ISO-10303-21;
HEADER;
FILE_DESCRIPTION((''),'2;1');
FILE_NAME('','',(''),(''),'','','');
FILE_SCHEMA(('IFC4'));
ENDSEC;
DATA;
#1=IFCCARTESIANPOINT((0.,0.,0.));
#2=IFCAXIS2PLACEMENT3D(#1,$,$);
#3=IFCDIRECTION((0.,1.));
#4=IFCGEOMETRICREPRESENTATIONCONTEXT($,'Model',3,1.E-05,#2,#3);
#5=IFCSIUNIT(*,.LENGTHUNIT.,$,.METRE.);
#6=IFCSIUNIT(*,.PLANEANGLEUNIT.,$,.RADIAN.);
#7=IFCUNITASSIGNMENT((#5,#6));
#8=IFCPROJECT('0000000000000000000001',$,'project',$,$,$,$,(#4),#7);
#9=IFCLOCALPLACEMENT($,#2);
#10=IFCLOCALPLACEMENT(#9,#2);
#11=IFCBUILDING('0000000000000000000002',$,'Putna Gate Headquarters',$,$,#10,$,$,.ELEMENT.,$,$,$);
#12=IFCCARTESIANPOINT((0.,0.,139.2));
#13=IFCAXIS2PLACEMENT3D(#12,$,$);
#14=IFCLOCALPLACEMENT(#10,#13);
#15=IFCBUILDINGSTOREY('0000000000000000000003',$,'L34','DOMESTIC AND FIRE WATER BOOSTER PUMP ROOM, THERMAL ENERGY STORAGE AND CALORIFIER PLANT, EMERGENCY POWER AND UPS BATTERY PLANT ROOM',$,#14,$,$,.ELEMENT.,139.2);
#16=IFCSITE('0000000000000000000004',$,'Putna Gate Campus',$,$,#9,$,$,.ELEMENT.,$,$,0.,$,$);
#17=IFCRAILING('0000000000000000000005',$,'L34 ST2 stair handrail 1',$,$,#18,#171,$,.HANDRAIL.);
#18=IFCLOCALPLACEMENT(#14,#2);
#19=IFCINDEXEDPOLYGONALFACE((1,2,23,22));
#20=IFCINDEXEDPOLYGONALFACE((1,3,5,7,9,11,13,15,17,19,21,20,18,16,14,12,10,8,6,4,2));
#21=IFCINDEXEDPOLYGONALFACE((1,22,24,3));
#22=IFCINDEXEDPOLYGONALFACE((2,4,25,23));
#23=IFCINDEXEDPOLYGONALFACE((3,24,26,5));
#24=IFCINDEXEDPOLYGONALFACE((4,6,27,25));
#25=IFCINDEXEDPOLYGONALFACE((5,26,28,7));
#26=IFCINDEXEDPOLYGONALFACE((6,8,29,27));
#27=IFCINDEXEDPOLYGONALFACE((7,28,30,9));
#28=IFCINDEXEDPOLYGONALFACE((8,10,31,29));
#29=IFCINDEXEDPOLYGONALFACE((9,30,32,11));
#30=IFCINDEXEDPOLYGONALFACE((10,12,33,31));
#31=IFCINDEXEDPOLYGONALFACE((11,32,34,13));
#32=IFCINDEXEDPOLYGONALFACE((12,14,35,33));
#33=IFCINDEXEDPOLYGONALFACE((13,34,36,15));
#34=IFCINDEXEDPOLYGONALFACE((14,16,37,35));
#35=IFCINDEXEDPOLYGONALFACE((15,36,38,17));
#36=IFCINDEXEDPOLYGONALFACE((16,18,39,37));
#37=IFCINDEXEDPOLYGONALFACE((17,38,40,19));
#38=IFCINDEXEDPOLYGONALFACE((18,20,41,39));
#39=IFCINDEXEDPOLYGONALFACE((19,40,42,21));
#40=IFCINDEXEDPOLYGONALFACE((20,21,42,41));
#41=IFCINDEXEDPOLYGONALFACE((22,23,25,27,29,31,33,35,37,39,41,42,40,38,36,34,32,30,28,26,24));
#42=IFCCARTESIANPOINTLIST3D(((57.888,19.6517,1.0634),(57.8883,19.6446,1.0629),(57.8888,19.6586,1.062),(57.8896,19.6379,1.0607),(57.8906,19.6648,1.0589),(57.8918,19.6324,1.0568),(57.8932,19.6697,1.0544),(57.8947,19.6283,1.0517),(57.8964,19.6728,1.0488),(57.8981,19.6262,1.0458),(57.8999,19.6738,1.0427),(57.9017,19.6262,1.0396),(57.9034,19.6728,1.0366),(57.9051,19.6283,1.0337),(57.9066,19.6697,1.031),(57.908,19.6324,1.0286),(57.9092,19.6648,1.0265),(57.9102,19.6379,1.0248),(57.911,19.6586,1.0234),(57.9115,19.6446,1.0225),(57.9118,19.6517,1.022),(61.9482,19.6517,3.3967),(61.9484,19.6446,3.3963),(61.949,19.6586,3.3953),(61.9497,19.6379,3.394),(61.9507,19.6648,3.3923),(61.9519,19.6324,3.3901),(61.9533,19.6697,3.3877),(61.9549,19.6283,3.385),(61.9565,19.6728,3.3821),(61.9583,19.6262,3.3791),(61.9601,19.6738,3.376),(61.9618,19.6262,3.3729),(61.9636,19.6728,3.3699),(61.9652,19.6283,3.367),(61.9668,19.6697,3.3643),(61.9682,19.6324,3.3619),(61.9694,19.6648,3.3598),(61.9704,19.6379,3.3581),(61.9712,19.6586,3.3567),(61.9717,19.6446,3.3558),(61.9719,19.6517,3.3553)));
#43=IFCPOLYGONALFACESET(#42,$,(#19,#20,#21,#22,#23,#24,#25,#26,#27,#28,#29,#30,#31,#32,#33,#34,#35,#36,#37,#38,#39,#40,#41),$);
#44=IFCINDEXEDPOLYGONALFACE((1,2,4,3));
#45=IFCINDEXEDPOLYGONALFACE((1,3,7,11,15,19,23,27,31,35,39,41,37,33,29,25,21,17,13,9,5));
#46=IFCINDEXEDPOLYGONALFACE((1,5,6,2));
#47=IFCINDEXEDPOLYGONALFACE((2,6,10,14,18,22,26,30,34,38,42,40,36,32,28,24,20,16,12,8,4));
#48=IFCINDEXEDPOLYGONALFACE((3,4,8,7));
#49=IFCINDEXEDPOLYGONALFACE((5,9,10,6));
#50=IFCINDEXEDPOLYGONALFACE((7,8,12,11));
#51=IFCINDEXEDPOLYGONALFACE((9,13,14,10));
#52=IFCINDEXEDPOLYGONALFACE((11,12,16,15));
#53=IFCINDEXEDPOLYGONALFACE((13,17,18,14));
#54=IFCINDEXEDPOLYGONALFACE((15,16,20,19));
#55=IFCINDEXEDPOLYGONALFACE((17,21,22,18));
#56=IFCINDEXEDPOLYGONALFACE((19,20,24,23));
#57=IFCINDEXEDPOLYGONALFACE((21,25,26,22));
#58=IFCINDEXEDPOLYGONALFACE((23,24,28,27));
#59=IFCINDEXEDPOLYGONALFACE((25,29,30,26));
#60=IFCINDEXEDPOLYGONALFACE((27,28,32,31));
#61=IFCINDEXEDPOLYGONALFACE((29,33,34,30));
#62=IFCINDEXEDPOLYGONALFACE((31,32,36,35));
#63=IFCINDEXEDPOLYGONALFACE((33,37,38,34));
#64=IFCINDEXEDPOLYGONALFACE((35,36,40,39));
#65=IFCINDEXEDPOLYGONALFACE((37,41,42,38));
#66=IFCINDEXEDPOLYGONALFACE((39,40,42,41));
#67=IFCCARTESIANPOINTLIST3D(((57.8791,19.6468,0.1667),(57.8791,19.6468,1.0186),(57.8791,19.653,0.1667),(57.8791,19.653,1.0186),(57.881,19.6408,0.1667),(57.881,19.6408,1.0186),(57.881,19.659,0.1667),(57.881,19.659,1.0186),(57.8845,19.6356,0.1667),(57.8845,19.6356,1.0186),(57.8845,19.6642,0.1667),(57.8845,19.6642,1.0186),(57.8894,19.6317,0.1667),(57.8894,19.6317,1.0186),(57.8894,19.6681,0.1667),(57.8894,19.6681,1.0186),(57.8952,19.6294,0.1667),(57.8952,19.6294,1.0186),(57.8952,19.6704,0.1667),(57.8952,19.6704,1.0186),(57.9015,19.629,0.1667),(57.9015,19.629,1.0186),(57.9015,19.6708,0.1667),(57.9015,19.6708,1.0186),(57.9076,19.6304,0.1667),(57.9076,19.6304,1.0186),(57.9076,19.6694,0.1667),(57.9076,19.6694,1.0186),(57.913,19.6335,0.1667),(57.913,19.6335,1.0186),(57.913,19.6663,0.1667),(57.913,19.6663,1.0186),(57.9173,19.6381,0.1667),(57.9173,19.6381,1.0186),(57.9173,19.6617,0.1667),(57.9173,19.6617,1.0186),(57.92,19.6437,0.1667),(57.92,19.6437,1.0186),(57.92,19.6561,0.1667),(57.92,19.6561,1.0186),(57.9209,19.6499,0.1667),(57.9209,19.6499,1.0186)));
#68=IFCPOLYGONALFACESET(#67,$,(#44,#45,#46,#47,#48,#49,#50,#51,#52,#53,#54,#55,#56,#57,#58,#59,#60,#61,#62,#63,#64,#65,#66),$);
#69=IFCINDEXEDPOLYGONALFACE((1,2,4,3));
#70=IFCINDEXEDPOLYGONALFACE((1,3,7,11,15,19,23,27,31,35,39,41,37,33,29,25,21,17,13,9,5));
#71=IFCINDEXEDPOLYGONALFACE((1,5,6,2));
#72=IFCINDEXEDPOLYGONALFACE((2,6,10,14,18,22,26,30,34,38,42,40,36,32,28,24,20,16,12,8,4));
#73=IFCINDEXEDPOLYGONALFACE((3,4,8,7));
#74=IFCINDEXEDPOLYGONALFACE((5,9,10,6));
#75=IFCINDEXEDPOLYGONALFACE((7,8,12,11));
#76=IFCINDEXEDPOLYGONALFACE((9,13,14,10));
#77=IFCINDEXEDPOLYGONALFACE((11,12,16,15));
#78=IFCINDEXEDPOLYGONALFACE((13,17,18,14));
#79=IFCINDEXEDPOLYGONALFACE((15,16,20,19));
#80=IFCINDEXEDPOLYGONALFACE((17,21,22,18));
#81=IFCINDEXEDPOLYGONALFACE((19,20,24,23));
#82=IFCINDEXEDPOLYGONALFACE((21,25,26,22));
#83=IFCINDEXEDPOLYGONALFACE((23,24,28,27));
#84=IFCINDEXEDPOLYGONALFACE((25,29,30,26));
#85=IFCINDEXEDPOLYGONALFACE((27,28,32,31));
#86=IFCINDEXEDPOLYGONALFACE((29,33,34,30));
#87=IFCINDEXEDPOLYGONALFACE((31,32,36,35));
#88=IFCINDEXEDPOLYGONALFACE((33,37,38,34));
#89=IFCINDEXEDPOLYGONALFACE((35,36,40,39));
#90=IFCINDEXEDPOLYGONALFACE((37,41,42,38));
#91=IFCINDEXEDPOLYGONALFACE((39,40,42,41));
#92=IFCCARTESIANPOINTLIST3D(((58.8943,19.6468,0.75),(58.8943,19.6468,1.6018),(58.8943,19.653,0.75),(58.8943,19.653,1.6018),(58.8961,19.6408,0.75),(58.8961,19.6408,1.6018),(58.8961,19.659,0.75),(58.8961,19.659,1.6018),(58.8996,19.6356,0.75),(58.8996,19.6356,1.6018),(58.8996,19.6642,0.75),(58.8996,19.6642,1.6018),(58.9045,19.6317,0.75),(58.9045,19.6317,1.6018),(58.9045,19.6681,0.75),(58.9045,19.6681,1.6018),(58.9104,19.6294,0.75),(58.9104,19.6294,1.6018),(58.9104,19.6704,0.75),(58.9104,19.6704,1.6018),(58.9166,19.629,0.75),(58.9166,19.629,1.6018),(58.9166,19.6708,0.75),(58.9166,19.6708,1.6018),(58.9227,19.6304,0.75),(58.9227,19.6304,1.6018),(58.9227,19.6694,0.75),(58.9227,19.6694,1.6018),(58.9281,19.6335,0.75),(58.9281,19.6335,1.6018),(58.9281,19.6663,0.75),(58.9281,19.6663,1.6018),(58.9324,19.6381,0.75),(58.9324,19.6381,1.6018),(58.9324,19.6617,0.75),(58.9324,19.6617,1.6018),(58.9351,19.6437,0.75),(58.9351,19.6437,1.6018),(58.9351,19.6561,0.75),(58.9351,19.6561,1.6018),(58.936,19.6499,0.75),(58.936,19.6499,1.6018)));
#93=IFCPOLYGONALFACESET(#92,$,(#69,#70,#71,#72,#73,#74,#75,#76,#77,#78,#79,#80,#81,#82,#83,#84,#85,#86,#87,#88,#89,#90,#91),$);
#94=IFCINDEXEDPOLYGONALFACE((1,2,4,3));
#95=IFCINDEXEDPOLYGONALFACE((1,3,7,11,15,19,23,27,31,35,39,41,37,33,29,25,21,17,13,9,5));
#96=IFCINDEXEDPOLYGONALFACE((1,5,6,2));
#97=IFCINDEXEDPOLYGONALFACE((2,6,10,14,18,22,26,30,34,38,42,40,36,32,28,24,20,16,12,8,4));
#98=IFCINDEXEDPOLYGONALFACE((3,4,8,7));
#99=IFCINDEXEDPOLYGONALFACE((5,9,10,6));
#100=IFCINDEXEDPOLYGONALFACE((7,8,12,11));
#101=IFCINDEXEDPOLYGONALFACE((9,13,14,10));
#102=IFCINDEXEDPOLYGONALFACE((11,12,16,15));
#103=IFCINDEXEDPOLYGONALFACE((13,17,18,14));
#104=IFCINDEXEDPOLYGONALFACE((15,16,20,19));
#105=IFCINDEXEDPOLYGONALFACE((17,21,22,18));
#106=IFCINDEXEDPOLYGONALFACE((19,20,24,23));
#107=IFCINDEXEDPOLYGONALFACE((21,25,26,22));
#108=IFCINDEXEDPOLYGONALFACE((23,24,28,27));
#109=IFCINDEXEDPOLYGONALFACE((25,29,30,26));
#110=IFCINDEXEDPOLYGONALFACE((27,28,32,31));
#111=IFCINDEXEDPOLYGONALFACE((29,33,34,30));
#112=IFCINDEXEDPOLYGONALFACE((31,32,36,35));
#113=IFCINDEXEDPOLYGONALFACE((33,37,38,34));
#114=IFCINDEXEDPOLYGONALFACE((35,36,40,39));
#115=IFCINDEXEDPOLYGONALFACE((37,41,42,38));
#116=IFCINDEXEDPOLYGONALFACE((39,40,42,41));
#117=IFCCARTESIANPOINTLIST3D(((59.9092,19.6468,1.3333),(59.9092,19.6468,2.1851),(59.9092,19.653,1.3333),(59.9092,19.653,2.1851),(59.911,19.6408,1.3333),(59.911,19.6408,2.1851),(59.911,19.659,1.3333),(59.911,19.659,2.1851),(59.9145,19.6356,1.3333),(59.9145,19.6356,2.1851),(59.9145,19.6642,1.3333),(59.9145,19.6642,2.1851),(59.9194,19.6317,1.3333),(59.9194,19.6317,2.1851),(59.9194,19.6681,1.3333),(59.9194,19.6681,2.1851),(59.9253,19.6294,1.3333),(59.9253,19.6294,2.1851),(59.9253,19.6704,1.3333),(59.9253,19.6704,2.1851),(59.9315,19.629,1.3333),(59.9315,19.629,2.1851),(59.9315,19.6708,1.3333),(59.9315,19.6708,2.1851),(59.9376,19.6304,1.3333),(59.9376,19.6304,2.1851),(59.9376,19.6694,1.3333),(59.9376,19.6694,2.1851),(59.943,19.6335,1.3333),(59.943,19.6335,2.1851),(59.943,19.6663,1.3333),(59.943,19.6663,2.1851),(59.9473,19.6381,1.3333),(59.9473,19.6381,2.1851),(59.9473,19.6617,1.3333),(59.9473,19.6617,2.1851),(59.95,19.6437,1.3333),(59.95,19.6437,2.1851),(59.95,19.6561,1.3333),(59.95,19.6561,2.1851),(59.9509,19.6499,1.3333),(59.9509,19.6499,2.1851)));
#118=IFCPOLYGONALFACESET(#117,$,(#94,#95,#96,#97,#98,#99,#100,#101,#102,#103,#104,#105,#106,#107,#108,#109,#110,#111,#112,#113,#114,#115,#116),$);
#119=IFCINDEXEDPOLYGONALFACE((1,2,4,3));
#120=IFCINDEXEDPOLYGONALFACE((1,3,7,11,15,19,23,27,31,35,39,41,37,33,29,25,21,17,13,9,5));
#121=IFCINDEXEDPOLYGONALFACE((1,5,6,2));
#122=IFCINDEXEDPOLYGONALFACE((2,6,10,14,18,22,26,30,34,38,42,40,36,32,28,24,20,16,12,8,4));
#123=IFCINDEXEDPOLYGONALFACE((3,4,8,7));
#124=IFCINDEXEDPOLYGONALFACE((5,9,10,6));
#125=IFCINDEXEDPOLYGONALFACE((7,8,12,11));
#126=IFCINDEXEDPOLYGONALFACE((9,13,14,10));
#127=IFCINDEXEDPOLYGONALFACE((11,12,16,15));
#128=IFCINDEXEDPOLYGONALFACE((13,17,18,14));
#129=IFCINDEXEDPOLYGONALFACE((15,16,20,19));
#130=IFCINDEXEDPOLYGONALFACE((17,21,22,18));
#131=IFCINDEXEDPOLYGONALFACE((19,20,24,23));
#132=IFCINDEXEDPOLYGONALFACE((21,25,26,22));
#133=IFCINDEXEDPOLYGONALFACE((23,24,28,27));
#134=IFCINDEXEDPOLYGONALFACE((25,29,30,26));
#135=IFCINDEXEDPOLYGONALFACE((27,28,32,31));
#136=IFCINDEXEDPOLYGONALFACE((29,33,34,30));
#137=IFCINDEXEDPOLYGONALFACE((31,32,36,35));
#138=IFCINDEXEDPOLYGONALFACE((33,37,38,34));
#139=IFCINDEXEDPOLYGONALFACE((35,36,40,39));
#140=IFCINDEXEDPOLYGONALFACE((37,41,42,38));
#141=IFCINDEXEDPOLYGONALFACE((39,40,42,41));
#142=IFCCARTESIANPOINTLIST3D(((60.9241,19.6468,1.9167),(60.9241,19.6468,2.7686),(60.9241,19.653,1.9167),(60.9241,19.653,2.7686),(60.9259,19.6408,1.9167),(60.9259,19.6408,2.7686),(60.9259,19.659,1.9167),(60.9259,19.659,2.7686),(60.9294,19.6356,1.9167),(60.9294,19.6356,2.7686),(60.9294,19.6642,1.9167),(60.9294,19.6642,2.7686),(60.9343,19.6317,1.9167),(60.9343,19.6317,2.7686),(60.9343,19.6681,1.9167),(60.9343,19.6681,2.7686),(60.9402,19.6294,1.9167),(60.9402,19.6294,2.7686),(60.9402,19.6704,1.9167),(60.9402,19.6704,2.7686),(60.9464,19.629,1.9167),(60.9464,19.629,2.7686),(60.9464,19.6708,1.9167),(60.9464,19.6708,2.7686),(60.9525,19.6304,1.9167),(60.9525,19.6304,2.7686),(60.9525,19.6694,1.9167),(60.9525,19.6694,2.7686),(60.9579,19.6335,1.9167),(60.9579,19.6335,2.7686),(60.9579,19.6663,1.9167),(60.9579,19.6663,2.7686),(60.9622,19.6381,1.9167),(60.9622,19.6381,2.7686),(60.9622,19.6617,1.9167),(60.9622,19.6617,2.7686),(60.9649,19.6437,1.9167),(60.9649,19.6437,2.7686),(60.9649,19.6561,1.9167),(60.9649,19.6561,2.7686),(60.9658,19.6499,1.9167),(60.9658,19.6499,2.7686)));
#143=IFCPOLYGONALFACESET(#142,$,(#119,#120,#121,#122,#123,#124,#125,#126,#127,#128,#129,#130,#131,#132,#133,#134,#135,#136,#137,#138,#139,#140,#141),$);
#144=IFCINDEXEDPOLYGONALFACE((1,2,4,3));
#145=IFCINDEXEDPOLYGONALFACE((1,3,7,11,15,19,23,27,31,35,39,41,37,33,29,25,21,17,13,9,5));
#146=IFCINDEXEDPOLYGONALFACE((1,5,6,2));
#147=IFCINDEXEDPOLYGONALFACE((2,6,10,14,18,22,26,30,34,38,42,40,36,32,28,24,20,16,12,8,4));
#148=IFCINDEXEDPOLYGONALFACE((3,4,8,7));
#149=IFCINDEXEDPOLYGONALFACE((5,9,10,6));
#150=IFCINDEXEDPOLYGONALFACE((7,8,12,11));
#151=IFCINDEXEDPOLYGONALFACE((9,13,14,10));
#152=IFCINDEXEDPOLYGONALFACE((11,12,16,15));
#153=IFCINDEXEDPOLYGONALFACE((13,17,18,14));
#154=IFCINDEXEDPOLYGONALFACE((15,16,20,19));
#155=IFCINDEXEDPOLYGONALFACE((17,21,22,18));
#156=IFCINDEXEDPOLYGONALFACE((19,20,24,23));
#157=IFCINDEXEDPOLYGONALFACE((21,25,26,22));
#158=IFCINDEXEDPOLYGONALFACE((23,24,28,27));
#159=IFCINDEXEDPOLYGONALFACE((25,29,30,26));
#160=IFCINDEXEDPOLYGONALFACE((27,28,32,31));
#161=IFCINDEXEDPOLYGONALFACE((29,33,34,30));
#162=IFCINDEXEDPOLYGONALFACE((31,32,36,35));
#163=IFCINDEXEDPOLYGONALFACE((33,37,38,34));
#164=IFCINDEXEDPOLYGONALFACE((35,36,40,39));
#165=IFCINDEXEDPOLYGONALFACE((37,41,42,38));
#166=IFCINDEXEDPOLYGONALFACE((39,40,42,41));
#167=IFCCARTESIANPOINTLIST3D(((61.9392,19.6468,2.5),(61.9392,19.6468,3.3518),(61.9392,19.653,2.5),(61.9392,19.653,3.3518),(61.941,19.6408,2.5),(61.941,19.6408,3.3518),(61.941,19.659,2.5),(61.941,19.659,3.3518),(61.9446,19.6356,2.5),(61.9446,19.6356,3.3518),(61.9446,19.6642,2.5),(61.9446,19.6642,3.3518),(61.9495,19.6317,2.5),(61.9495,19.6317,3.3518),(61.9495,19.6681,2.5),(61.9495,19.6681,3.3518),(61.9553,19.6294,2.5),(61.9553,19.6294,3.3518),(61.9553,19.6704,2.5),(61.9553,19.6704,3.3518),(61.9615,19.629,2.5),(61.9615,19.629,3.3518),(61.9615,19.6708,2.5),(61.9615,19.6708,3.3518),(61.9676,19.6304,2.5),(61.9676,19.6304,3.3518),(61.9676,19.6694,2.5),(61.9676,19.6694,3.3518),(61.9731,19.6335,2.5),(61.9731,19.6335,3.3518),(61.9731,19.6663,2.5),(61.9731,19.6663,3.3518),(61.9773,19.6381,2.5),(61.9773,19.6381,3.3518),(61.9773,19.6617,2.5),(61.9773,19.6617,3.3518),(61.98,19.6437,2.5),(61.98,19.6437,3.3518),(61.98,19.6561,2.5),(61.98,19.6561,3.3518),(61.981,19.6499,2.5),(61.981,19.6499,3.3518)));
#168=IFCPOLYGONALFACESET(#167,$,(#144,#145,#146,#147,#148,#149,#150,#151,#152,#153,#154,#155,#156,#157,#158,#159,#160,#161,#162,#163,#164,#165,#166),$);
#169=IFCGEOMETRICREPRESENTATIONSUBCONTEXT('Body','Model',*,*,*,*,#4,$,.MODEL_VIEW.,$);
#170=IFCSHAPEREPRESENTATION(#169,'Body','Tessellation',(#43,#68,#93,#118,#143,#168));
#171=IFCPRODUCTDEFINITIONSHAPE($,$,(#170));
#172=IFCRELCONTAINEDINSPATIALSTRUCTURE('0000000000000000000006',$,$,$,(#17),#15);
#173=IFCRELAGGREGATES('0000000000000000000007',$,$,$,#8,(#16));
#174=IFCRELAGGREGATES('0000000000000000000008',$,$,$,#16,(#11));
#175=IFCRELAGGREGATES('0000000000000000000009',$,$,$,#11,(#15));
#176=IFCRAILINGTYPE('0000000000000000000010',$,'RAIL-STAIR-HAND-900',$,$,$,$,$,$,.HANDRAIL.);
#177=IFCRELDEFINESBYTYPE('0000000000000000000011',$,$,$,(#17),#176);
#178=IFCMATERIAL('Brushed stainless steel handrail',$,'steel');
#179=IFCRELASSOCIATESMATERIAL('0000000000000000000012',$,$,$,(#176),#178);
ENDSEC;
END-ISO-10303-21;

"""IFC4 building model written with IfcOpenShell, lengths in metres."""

from ifc_helpers import new_model, si_unit, direction, frame, origin, origin_2d, place, context, subcontext, project, spatial, circle, extrude, material, type_object, element, save


model = new_model("IFC4")

# Units and contexts
model_context = context("Model", 3, precision=1e-05, world=origin(), true_north=direction((0.0, 1.0)))
body_context = subcontext(model_context, "Body", "Model", "MODEL_VIEW")
ifc_project = project(units=[si_unit("LENGTHUNIT", "METRE"), si_unit("PLANEANGLEUNIT", "RADIAN")], contexts=[model_context])

# Site, building, storey
site_placement = place(None, origin())
site = spatial("IfcSite", under=ifc_project, at=site_placement, Name="Putna Gate Campus", CompositionType="ELEMENT", RefElevation=0.0)
building_placement = place(site_placement, origin())
building = spatial("IfcBuilding", under=site, at=building_placement, Name="Putna Gate Headquarters", CompositionType="ELEMENT")
storey_placement = place(building_placement, frame((0.0, 0.0, 139.2)))
storey = spatial("IfcBuildingStorey", under=building, at=storey_placement, Name="L34", Description="DOMESTIC AND FIRE WATER BOOSTER PUMP ROOM, THERMAL ENERGY STORAGE AND CALORIFIER PLANT, EMERGENCY POWER AND UPS BATTERY PLANT ROOM", CompositionType="ELEMENT", Elevation=139.2)

# Railing
ifc_material_1 = material(Name="Brushed stainless steel handrail", Category="steel")
railing_type_1 = type_object("IfcRailingType", Name="RAIL-STAIR-HAND-900", PredefinedType="HANDRAIL", material=ifc_material_1)
railing_1_placement = place(storey_placement, frame((57.8999, 19.6499, 0.1667)))
element("IfcRailing", 1, at=railing_1_placement, inside=storey, type_object=railing_type_1, Name="L34 ST2 stair handrail 1", PredefinedType="HANDRAIL", context=body_context, shape_type="SweptSolid", body=[
    extrude(circle(Radius=0.0239, at=origin_2d()), frame((0.0, 0.0, 0.876), z_axis=(0.867025, 0.0, 0.498265), x_axis=(0.0, 1.0, 0.0)), (0.0, 0.0, 1.0), 4.6829),
    extrude(circle(Radius=0.021, at=origin_2d()), origin(), (0.0, 0.0, 1.0), 0.8518),
    extrude(circle(Radius=0.021, at=origin_2d()), frame((1.0151, 0.0, 0.5833)), (0.0, 0.0, 1.0), 0.8518),
    extrude(circle(Radius=0.021, at=origin_2d()), frame((2.03, 0.0, 1.1665)), (0.0, 0.0, 1.0), 0.8518),
    extrude(circle(Radius=0.021, at=origin_2d()), frame((3.0449, 0.0, 1.75)), (0.0, 0.0, 1.0), 0.8518),
    extrude(circle(Radius=0.021, at=origin_2d()), frame((4.0601, 0.0, 2.3333)), (0.0, 0.0, 1.0), 0.8518),
])

save(model, "model.ifc")
